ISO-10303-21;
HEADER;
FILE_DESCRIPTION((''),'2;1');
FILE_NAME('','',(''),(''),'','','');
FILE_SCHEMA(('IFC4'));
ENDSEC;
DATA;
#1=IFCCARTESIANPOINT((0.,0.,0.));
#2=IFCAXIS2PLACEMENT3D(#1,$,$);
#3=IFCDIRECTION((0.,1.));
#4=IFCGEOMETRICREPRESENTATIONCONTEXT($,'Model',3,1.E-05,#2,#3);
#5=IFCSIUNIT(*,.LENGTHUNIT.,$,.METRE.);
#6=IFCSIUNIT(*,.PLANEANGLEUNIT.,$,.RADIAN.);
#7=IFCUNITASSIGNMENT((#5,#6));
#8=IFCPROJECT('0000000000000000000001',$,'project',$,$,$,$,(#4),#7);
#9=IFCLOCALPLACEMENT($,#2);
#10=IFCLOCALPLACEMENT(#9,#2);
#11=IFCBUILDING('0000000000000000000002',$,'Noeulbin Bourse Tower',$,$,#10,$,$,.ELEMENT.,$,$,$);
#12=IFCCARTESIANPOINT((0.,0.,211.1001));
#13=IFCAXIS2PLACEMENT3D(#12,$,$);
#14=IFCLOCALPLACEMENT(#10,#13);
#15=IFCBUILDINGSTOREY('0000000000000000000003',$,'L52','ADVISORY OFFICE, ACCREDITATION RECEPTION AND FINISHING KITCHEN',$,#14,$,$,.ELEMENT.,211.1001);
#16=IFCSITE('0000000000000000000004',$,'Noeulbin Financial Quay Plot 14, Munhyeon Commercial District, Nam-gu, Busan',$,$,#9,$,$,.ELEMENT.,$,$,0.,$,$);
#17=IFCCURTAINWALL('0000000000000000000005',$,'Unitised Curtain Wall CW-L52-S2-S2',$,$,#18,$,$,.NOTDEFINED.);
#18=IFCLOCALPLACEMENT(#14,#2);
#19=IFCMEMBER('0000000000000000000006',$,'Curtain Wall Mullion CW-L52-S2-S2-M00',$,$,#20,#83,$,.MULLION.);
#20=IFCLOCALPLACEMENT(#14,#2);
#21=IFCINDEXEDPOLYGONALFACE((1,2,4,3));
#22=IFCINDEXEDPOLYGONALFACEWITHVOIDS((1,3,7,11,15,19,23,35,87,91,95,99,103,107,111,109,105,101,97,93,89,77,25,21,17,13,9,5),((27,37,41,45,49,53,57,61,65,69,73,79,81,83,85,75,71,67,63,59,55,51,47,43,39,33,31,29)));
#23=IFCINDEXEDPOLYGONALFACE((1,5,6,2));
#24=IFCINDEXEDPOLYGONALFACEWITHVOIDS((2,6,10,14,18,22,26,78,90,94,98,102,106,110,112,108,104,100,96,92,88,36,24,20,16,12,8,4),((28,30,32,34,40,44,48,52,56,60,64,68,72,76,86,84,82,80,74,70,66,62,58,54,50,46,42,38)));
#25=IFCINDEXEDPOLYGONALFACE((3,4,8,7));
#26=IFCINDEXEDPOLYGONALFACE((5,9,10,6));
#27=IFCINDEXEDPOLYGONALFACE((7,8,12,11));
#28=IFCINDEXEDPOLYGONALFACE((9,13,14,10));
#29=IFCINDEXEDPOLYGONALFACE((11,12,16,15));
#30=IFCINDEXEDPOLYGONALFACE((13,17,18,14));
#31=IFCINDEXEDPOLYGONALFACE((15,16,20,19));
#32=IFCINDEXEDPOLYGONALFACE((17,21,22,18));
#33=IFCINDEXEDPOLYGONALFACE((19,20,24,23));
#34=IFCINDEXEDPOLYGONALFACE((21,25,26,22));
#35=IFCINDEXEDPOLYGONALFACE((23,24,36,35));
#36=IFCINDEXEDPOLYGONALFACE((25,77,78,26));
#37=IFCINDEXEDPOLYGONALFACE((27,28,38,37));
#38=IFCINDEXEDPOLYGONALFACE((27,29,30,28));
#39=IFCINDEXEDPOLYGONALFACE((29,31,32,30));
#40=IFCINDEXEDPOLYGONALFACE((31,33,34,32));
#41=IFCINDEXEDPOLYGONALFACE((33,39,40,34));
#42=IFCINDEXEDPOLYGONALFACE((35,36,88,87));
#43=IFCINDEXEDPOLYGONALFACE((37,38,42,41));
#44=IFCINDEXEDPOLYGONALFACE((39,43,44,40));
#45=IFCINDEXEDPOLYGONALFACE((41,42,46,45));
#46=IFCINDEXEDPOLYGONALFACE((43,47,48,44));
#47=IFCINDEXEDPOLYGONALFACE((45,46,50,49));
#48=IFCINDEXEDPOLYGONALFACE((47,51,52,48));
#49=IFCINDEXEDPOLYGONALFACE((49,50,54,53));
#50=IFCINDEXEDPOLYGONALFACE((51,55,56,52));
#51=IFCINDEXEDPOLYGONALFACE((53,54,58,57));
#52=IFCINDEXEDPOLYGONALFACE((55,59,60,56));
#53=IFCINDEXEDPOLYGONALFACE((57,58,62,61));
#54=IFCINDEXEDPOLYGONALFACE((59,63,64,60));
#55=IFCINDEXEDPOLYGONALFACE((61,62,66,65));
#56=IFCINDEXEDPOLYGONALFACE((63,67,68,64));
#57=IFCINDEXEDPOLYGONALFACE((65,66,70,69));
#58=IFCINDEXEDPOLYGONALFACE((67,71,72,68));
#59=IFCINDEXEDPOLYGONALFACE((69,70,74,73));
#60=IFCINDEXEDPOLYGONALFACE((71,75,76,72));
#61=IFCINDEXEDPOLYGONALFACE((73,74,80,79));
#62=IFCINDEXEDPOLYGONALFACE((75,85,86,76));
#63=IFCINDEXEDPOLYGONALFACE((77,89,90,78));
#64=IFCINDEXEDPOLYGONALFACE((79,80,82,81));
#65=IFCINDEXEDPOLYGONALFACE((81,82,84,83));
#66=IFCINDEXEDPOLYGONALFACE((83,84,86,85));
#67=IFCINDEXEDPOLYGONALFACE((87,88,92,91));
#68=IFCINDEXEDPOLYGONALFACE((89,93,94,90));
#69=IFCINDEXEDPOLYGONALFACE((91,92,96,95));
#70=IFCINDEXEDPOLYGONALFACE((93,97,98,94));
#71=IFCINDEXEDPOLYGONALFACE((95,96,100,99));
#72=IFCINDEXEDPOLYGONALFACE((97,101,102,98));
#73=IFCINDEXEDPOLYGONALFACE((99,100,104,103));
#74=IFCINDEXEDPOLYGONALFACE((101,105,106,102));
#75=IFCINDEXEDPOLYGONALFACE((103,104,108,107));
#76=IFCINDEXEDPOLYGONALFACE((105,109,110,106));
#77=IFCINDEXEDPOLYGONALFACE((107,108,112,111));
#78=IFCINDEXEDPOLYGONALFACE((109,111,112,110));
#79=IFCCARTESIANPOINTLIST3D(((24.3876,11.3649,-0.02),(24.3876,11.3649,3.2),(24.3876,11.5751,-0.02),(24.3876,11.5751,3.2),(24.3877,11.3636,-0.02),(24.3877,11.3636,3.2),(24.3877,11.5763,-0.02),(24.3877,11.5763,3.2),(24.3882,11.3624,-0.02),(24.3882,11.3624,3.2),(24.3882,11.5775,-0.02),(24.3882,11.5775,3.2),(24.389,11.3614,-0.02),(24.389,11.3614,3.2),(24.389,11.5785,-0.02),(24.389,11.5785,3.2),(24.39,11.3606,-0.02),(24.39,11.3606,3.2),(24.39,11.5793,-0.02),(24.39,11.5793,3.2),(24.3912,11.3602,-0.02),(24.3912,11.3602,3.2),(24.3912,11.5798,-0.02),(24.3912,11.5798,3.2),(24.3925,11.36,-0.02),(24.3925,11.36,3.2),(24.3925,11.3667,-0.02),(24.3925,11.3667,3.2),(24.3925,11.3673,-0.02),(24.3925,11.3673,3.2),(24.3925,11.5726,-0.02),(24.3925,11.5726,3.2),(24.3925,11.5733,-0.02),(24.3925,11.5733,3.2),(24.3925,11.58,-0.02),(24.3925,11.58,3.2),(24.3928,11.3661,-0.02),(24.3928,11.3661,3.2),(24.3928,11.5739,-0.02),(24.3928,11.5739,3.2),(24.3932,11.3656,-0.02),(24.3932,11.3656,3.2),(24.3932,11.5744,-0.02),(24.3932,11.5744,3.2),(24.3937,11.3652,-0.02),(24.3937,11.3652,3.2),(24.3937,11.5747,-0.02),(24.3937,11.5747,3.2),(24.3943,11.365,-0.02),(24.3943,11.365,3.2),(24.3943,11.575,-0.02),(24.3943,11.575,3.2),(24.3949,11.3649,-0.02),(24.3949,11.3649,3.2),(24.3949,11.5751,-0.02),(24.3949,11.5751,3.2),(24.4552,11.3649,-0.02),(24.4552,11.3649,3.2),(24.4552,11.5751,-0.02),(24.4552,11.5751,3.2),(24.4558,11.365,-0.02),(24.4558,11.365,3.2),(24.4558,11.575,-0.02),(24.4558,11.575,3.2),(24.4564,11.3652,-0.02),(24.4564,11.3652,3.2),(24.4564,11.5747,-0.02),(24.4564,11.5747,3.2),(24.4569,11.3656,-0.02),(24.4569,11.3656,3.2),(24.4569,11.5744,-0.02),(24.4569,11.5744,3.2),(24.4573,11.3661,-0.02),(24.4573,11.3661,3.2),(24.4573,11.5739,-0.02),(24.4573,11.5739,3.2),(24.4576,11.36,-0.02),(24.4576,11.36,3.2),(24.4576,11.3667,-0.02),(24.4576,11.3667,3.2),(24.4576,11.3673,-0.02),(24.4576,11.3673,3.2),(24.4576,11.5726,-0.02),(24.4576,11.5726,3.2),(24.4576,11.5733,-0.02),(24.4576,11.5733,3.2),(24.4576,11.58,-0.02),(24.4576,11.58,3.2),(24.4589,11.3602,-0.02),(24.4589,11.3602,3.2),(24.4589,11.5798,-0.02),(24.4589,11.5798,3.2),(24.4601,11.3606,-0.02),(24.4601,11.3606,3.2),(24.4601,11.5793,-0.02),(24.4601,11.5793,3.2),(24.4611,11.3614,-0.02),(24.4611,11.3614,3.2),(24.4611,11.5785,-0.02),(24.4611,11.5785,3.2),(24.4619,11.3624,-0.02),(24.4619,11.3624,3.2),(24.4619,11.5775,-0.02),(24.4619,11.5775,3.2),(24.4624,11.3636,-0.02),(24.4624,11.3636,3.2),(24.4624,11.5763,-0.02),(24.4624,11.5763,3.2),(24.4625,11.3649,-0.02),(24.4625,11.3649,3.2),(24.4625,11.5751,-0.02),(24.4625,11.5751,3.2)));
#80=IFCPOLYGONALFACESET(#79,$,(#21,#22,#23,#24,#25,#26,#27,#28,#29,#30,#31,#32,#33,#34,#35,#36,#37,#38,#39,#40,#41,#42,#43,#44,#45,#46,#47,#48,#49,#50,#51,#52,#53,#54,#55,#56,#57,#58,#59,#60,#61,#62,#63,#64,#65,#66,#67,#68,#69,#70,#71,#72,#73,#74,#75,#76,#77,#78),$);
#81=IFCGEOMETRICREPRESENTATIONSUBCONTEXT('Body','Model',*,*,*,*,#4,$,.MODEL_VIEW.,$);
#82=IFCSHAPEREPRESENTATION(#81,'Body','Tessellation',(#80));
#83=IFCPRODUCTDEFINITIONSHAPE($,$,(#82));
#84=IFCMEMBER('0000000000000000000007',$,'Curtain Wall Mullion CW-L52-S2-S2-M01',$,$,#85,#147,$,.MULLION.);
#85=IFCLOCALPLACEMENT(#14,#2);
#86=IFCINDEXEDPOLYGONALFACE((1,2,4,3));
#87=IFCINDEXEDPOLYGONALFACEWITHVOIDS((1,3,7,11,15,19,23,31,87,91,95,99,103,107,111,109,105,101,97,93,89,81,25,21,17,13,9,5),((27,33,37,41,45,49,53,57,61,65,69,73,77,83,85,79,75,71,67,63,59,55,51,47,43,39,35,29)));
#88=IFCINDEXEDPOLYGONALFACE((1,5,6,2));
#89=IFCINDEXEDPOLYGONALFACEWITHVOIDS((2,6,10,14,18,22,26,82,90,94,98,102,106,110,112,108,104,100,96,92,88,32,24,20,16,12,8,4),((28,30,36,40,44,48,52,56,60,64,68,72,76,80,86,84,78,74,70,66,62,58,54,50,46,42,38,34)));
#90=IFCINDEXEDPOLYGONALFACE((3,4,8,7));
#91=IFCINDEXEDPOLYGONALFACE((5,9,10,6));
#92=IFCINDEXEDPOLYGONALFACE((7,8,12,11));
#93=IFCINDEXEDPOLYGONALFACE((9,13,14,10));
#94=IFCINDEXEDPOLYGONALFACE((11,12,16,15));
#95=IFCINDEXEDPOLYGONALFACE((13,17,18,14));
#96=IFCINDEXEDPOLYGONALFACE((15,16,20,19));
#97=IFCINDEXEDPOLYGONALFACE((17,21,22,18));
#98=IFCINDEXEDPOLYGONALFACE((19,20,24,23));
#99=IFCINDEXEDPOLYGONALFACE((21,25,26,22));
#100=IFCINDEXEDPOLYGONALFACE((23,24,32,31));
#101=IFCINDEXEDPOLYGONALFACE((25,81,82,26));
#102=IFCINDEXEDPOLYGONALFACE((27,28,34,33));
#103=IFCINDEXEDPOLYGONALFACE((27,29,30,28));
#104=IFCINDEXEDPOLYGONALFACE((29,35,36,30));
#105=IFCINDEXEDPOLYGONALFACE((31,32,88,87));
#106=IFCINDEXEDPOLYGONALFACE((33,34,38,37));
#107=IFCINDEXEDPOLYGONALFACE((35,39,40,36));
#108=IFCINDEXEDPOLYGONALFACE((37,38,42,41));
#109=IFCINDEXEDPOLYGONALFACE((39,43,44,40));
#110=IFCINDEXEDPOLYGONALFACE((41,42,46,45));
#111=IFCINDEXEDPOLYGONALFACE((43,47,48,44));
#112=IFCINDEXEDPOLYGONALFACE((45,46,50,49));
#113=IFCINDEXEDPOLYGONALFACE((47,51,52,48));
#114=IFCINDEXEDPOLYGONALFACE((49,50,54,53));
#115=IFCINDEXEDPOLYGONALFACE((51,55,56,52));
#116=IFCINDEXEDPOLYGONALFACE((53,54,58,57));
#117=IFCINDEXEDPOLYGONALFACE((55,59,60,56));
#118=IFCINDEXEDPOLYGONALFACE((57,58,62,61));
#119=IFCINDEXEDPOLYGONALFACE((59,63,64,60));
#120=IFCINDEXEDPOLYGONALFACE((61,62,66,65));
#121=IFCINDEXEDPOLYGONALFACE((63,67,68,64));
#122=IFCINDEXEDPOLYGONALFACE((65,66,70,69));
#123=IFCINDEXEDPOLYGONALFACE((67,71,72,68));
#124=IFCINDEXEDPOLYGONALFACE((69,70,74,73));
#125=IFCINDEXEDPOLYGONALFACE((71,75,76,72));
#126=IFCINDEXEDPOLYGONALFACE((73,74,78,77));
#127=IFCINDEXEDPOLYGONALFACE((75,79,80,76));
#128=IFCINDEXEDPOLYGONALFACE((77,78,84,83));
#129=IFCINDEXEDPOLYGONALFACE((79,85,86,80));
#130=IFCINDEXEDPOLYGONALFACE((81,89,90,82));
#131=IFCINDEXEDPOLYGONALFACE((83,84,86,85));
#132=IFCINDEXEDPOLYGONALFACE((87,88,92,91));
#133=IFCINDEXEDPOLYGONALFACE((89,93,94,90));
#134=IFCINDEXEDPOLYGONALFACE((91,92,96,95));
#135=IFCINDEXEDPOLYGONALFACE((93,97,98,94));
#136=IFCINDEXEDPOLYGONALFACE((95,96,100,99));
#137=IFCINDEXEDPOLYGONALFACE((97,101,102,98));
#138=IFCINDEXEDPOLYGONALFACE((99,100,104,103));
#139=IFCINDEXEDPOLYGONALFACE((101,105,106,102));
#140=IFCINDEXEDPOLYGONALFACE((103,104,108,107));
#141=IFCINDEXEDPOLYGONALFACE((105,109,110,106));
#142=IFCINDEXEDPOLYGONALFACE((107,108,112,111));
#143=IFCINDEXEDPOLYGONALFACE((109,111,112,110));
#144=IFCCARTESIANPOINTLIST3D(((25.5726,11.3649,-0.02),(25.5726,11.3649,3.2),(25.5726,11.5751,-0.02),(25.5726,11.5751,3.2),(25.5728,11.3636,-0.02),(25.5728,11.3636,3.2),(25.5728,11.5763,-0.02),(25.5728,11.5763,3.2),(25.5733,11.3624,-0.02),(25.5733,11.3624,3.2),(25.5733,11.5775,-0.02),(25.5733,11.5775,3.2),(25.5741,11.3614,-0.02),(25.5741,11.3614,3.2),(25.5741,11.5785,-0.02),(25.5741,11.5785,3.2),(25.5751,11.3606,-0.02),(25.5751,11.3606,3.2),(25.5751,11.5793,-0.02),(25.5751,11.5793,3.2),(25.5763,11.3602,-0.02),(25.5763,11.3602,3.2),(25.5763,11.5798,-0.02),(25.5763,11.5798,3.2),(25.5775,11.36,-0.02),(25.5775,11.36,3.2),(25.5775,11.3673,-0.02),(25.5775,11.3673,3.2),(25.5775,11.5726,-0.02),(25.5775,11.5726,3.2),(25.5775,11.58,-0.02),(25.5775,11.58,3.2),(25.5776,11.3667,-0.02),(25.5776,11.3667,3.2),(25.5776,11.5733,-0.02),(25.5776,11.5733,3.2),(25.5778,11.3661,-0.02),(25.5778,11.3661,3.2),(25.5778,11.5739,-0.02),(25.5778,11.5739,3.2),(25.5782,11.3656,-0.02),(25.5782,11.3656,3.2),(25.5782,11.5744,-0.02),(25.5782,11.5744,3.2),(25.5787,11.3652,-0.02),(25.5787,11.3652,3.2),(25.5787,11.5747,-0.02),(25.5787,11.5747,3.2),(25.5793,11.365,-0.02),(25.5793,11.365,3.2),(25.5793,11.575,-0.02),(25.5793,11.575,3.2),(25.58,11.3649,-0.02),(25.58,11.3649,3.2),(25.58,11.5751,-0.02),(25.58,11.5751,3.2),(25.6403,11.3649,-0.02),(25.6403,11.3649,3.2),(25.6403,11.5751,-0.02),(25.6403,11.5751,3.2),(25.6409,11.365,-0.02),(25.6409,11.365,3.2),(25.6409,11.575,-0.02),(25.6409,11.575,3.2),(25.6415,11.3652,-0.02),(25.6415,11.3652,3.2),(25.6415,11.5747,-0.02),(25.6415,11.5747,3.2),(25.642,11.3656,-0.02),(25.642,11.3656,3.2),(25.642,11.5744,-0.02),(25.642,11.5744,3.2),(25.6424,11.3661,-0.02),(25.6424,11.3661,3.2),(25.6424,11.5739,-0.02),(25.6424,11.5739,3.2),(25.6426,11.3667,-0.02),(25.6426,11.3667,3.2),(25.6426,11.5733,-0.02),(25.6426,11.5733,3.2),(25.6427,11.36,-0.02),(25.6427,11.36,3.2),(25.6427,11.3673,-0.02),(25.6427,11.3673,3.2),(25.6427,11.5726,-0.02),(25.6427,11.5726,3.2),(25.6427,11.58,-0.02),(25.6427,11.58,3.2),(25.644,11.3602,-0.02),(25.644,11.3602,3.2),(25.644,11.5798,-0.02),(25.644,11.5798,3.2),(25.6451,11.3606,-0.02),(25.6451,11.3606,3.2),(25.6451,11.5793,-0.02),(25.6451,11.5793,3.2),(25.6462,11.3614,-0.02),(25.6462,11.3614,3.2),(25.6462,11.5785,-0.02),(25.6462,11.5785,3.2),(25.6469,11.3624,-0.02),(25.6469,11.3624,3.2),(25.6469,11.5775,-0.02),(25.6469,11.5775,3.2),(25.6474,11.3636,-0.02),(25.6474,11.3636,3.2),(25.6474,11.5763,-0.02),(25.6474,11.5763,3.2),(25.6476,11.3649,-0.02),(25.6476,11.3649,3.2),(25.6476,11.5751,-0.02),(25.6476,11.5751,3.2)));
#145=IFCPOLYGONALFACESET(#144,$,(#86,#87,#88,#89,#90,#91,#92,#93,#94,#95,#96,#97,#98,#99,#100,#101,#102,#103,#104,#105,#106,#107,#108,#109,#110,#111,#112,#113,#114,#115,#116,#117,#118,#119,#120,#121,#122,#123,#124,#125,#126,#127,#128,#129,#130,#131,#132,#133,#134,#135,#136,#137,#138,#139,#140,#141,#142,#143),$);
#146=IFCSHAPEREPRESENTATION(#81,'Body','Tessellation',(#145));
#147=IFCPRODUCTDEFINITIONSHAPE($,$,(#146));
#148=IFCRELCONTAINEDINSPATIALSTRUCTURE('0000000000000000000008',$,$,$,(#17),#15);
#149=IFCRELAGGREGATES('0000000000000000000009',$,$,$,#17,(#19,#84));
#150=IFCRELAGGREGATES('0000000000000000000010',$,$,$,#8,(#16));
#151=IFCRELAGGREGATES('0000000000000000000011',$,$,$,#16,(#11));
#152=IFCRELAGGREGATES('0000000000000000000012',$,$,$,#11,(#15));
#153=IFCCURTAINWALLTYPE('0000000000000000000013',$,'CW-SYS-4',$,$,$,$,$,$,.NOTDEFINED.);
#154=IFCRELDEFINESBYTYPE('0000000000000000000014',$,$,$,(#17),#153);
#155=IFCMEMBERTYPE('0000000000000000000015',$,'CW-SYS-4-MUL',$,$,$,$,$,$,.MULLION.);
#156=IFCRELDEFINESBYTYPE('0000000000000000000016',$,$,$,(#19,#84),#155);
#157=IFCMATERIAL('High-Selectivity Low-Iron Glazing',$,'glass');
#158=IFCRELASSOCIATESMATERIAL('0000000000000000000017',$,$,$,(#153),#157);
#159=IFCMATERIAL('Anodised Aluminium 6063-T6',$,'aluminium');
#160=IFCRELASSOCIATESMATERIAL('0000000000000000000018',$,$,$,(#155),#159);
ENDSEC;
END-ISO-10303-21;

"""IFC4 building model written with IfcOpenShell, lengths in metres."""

from ifc_helpers import new_model, si_unit, direction, frame, origin, origin_2d, place, context, subcontext, project, spatial, hollow_rectangle, extrude, material, material_profile, profile_set, type_object, element, aggregate, save


model = new_model("IFC4")

# Units and contexts
model_context = context("Model", 3, precision=1e-05, world=origin(), true_north=direction((0.0, 1.0)))
body_context = subcontext(model_context, "Body", "Model", "MODEL_VIEW")
ifc_project = project(units=[si_unit("LENGTHUNIT", "METRE"), si_unit("PLANEANGLEUNIT", "RADIAN")], contexts=[model_context])

# Site, building, storey
site_placement = place(None, origin())
site = spatial("IfcSite", under=ifc_project, at=site_placement, Name="Noeulbin Financial Quay Plot 14, Munhyeon Commercial District, Nam-gu, Busan", CompositionType="ELEMENT", RefElevation=0.0)
building_placement = place(site_placement, origin())
building = spatial("IfcBuilding", under=site, at=building_placement, Name="Noeulbin Bourse Tower", CompositionType="ELEMENT")
storey_placement = place(building_placement, frame((0.0, 0.0, 211.1001)))
storey = spatial("IfcBuildingStorey", under=building, at=storey_placement, Name="L52", Description="ADVISORY OFFICE, ACCREDITATION RECEPTION AND FINISHING KITCHEN", CompositionType="ELEMENT", Elevation=211.1001)

# Curtain wall, members
ifc_material_1 = material(Name="High-Selectivity Low-Iron Glazing", Category="glass")
curtain_wall_type = type_object("IfcCurtainWallType", Name="CW-SYS-4", PredefinedType="NOTDEFINED", material=ifc_material_1)
ifc_material_2 = material(Name="Anodised Aluminium 6063-T6", Category="aluminium")
ifc_material_profile_1 = material_profile(ifc_material_2, hollow_rectangle(XDim=0.075, YDim=0.22, WallThickness=0.0049, InnerFilletRadius=0.0024, OuterFilletRadius=0.0049, at=origin_2d()), Name="ALU-MULL-75x220x5", Category="LoadBearing")
ifc_profile_set_1 = profile_set([ifc_material_profile_1], Name="Anodised Aluminium 6063-T6")
member_type_1 = type_object("IfcMemberType", Name="CW-SYS-4-MUL", PredefinedType="MULLION", material=ifc_profile_set_1)
curtain_wall_1_placement = place(storey_placement, origin())
curtain_wall_1 = element("IfcCurtainWall", 1, at=curtain_wall_1_placement, inside=storey, type_object=curtain_wall_type, Name="Unitised Curtain Wall CW-L52-S2-S2", PredefinedType="NOTDEFINED")
member_1_placement = place(storey_placement, frame((24.425, 11.47, -0.02), z_axis=(0.0, 0.0, 1.0), x_axis=(1.0, 0.0, 0.0)))
member_1 = element("IfcMember", 2, at=member_1_placement, type_object=member_type_1, Name="Curtain Wall Mullion CW-L52-S2-S2-M00", PredefinedType="MULLION", context=body_context, shape_type="SweptSolid", body=[
    extrude(hollow_rectangle(XDim=0.075, YDim=0.22, WallThickness=0.0049, InnerFilletRadius=0.0024, OuterFilletRadius=0.0049, at=origin_2d()), origin(), (0.0, 0.0, 1.0), 3.22),
])
member_2_placement = place(storey_placement, frame((25.6101, 11.47, -0.02), z_axis=(0.0, 0.0, 1.0), x_axis=(1.0, 0.0, 0.0)))
member_2 = element("IfcMember", 3, at=member_2_placement, type_object=member_type_1, Name="Curtain Wall Mullion CW-L52-S2-S2-M01", PredefinedType="MULLION", context=body_context, shape_type="SweptSolid", body=[
    extrude(hollow_rectangle(XDim=0.075, YDim=0.22, WallThickness=0.0049, InnerFilletRadius=0.0024, OuterFilletRadius=0.0049, at=origin_2d()), origin(), (0.0, 0.0, 1.0), 3.22),
])

aggregate(curtain_wall_1, [member_1, member_2])

save(model, "model.ifc")
